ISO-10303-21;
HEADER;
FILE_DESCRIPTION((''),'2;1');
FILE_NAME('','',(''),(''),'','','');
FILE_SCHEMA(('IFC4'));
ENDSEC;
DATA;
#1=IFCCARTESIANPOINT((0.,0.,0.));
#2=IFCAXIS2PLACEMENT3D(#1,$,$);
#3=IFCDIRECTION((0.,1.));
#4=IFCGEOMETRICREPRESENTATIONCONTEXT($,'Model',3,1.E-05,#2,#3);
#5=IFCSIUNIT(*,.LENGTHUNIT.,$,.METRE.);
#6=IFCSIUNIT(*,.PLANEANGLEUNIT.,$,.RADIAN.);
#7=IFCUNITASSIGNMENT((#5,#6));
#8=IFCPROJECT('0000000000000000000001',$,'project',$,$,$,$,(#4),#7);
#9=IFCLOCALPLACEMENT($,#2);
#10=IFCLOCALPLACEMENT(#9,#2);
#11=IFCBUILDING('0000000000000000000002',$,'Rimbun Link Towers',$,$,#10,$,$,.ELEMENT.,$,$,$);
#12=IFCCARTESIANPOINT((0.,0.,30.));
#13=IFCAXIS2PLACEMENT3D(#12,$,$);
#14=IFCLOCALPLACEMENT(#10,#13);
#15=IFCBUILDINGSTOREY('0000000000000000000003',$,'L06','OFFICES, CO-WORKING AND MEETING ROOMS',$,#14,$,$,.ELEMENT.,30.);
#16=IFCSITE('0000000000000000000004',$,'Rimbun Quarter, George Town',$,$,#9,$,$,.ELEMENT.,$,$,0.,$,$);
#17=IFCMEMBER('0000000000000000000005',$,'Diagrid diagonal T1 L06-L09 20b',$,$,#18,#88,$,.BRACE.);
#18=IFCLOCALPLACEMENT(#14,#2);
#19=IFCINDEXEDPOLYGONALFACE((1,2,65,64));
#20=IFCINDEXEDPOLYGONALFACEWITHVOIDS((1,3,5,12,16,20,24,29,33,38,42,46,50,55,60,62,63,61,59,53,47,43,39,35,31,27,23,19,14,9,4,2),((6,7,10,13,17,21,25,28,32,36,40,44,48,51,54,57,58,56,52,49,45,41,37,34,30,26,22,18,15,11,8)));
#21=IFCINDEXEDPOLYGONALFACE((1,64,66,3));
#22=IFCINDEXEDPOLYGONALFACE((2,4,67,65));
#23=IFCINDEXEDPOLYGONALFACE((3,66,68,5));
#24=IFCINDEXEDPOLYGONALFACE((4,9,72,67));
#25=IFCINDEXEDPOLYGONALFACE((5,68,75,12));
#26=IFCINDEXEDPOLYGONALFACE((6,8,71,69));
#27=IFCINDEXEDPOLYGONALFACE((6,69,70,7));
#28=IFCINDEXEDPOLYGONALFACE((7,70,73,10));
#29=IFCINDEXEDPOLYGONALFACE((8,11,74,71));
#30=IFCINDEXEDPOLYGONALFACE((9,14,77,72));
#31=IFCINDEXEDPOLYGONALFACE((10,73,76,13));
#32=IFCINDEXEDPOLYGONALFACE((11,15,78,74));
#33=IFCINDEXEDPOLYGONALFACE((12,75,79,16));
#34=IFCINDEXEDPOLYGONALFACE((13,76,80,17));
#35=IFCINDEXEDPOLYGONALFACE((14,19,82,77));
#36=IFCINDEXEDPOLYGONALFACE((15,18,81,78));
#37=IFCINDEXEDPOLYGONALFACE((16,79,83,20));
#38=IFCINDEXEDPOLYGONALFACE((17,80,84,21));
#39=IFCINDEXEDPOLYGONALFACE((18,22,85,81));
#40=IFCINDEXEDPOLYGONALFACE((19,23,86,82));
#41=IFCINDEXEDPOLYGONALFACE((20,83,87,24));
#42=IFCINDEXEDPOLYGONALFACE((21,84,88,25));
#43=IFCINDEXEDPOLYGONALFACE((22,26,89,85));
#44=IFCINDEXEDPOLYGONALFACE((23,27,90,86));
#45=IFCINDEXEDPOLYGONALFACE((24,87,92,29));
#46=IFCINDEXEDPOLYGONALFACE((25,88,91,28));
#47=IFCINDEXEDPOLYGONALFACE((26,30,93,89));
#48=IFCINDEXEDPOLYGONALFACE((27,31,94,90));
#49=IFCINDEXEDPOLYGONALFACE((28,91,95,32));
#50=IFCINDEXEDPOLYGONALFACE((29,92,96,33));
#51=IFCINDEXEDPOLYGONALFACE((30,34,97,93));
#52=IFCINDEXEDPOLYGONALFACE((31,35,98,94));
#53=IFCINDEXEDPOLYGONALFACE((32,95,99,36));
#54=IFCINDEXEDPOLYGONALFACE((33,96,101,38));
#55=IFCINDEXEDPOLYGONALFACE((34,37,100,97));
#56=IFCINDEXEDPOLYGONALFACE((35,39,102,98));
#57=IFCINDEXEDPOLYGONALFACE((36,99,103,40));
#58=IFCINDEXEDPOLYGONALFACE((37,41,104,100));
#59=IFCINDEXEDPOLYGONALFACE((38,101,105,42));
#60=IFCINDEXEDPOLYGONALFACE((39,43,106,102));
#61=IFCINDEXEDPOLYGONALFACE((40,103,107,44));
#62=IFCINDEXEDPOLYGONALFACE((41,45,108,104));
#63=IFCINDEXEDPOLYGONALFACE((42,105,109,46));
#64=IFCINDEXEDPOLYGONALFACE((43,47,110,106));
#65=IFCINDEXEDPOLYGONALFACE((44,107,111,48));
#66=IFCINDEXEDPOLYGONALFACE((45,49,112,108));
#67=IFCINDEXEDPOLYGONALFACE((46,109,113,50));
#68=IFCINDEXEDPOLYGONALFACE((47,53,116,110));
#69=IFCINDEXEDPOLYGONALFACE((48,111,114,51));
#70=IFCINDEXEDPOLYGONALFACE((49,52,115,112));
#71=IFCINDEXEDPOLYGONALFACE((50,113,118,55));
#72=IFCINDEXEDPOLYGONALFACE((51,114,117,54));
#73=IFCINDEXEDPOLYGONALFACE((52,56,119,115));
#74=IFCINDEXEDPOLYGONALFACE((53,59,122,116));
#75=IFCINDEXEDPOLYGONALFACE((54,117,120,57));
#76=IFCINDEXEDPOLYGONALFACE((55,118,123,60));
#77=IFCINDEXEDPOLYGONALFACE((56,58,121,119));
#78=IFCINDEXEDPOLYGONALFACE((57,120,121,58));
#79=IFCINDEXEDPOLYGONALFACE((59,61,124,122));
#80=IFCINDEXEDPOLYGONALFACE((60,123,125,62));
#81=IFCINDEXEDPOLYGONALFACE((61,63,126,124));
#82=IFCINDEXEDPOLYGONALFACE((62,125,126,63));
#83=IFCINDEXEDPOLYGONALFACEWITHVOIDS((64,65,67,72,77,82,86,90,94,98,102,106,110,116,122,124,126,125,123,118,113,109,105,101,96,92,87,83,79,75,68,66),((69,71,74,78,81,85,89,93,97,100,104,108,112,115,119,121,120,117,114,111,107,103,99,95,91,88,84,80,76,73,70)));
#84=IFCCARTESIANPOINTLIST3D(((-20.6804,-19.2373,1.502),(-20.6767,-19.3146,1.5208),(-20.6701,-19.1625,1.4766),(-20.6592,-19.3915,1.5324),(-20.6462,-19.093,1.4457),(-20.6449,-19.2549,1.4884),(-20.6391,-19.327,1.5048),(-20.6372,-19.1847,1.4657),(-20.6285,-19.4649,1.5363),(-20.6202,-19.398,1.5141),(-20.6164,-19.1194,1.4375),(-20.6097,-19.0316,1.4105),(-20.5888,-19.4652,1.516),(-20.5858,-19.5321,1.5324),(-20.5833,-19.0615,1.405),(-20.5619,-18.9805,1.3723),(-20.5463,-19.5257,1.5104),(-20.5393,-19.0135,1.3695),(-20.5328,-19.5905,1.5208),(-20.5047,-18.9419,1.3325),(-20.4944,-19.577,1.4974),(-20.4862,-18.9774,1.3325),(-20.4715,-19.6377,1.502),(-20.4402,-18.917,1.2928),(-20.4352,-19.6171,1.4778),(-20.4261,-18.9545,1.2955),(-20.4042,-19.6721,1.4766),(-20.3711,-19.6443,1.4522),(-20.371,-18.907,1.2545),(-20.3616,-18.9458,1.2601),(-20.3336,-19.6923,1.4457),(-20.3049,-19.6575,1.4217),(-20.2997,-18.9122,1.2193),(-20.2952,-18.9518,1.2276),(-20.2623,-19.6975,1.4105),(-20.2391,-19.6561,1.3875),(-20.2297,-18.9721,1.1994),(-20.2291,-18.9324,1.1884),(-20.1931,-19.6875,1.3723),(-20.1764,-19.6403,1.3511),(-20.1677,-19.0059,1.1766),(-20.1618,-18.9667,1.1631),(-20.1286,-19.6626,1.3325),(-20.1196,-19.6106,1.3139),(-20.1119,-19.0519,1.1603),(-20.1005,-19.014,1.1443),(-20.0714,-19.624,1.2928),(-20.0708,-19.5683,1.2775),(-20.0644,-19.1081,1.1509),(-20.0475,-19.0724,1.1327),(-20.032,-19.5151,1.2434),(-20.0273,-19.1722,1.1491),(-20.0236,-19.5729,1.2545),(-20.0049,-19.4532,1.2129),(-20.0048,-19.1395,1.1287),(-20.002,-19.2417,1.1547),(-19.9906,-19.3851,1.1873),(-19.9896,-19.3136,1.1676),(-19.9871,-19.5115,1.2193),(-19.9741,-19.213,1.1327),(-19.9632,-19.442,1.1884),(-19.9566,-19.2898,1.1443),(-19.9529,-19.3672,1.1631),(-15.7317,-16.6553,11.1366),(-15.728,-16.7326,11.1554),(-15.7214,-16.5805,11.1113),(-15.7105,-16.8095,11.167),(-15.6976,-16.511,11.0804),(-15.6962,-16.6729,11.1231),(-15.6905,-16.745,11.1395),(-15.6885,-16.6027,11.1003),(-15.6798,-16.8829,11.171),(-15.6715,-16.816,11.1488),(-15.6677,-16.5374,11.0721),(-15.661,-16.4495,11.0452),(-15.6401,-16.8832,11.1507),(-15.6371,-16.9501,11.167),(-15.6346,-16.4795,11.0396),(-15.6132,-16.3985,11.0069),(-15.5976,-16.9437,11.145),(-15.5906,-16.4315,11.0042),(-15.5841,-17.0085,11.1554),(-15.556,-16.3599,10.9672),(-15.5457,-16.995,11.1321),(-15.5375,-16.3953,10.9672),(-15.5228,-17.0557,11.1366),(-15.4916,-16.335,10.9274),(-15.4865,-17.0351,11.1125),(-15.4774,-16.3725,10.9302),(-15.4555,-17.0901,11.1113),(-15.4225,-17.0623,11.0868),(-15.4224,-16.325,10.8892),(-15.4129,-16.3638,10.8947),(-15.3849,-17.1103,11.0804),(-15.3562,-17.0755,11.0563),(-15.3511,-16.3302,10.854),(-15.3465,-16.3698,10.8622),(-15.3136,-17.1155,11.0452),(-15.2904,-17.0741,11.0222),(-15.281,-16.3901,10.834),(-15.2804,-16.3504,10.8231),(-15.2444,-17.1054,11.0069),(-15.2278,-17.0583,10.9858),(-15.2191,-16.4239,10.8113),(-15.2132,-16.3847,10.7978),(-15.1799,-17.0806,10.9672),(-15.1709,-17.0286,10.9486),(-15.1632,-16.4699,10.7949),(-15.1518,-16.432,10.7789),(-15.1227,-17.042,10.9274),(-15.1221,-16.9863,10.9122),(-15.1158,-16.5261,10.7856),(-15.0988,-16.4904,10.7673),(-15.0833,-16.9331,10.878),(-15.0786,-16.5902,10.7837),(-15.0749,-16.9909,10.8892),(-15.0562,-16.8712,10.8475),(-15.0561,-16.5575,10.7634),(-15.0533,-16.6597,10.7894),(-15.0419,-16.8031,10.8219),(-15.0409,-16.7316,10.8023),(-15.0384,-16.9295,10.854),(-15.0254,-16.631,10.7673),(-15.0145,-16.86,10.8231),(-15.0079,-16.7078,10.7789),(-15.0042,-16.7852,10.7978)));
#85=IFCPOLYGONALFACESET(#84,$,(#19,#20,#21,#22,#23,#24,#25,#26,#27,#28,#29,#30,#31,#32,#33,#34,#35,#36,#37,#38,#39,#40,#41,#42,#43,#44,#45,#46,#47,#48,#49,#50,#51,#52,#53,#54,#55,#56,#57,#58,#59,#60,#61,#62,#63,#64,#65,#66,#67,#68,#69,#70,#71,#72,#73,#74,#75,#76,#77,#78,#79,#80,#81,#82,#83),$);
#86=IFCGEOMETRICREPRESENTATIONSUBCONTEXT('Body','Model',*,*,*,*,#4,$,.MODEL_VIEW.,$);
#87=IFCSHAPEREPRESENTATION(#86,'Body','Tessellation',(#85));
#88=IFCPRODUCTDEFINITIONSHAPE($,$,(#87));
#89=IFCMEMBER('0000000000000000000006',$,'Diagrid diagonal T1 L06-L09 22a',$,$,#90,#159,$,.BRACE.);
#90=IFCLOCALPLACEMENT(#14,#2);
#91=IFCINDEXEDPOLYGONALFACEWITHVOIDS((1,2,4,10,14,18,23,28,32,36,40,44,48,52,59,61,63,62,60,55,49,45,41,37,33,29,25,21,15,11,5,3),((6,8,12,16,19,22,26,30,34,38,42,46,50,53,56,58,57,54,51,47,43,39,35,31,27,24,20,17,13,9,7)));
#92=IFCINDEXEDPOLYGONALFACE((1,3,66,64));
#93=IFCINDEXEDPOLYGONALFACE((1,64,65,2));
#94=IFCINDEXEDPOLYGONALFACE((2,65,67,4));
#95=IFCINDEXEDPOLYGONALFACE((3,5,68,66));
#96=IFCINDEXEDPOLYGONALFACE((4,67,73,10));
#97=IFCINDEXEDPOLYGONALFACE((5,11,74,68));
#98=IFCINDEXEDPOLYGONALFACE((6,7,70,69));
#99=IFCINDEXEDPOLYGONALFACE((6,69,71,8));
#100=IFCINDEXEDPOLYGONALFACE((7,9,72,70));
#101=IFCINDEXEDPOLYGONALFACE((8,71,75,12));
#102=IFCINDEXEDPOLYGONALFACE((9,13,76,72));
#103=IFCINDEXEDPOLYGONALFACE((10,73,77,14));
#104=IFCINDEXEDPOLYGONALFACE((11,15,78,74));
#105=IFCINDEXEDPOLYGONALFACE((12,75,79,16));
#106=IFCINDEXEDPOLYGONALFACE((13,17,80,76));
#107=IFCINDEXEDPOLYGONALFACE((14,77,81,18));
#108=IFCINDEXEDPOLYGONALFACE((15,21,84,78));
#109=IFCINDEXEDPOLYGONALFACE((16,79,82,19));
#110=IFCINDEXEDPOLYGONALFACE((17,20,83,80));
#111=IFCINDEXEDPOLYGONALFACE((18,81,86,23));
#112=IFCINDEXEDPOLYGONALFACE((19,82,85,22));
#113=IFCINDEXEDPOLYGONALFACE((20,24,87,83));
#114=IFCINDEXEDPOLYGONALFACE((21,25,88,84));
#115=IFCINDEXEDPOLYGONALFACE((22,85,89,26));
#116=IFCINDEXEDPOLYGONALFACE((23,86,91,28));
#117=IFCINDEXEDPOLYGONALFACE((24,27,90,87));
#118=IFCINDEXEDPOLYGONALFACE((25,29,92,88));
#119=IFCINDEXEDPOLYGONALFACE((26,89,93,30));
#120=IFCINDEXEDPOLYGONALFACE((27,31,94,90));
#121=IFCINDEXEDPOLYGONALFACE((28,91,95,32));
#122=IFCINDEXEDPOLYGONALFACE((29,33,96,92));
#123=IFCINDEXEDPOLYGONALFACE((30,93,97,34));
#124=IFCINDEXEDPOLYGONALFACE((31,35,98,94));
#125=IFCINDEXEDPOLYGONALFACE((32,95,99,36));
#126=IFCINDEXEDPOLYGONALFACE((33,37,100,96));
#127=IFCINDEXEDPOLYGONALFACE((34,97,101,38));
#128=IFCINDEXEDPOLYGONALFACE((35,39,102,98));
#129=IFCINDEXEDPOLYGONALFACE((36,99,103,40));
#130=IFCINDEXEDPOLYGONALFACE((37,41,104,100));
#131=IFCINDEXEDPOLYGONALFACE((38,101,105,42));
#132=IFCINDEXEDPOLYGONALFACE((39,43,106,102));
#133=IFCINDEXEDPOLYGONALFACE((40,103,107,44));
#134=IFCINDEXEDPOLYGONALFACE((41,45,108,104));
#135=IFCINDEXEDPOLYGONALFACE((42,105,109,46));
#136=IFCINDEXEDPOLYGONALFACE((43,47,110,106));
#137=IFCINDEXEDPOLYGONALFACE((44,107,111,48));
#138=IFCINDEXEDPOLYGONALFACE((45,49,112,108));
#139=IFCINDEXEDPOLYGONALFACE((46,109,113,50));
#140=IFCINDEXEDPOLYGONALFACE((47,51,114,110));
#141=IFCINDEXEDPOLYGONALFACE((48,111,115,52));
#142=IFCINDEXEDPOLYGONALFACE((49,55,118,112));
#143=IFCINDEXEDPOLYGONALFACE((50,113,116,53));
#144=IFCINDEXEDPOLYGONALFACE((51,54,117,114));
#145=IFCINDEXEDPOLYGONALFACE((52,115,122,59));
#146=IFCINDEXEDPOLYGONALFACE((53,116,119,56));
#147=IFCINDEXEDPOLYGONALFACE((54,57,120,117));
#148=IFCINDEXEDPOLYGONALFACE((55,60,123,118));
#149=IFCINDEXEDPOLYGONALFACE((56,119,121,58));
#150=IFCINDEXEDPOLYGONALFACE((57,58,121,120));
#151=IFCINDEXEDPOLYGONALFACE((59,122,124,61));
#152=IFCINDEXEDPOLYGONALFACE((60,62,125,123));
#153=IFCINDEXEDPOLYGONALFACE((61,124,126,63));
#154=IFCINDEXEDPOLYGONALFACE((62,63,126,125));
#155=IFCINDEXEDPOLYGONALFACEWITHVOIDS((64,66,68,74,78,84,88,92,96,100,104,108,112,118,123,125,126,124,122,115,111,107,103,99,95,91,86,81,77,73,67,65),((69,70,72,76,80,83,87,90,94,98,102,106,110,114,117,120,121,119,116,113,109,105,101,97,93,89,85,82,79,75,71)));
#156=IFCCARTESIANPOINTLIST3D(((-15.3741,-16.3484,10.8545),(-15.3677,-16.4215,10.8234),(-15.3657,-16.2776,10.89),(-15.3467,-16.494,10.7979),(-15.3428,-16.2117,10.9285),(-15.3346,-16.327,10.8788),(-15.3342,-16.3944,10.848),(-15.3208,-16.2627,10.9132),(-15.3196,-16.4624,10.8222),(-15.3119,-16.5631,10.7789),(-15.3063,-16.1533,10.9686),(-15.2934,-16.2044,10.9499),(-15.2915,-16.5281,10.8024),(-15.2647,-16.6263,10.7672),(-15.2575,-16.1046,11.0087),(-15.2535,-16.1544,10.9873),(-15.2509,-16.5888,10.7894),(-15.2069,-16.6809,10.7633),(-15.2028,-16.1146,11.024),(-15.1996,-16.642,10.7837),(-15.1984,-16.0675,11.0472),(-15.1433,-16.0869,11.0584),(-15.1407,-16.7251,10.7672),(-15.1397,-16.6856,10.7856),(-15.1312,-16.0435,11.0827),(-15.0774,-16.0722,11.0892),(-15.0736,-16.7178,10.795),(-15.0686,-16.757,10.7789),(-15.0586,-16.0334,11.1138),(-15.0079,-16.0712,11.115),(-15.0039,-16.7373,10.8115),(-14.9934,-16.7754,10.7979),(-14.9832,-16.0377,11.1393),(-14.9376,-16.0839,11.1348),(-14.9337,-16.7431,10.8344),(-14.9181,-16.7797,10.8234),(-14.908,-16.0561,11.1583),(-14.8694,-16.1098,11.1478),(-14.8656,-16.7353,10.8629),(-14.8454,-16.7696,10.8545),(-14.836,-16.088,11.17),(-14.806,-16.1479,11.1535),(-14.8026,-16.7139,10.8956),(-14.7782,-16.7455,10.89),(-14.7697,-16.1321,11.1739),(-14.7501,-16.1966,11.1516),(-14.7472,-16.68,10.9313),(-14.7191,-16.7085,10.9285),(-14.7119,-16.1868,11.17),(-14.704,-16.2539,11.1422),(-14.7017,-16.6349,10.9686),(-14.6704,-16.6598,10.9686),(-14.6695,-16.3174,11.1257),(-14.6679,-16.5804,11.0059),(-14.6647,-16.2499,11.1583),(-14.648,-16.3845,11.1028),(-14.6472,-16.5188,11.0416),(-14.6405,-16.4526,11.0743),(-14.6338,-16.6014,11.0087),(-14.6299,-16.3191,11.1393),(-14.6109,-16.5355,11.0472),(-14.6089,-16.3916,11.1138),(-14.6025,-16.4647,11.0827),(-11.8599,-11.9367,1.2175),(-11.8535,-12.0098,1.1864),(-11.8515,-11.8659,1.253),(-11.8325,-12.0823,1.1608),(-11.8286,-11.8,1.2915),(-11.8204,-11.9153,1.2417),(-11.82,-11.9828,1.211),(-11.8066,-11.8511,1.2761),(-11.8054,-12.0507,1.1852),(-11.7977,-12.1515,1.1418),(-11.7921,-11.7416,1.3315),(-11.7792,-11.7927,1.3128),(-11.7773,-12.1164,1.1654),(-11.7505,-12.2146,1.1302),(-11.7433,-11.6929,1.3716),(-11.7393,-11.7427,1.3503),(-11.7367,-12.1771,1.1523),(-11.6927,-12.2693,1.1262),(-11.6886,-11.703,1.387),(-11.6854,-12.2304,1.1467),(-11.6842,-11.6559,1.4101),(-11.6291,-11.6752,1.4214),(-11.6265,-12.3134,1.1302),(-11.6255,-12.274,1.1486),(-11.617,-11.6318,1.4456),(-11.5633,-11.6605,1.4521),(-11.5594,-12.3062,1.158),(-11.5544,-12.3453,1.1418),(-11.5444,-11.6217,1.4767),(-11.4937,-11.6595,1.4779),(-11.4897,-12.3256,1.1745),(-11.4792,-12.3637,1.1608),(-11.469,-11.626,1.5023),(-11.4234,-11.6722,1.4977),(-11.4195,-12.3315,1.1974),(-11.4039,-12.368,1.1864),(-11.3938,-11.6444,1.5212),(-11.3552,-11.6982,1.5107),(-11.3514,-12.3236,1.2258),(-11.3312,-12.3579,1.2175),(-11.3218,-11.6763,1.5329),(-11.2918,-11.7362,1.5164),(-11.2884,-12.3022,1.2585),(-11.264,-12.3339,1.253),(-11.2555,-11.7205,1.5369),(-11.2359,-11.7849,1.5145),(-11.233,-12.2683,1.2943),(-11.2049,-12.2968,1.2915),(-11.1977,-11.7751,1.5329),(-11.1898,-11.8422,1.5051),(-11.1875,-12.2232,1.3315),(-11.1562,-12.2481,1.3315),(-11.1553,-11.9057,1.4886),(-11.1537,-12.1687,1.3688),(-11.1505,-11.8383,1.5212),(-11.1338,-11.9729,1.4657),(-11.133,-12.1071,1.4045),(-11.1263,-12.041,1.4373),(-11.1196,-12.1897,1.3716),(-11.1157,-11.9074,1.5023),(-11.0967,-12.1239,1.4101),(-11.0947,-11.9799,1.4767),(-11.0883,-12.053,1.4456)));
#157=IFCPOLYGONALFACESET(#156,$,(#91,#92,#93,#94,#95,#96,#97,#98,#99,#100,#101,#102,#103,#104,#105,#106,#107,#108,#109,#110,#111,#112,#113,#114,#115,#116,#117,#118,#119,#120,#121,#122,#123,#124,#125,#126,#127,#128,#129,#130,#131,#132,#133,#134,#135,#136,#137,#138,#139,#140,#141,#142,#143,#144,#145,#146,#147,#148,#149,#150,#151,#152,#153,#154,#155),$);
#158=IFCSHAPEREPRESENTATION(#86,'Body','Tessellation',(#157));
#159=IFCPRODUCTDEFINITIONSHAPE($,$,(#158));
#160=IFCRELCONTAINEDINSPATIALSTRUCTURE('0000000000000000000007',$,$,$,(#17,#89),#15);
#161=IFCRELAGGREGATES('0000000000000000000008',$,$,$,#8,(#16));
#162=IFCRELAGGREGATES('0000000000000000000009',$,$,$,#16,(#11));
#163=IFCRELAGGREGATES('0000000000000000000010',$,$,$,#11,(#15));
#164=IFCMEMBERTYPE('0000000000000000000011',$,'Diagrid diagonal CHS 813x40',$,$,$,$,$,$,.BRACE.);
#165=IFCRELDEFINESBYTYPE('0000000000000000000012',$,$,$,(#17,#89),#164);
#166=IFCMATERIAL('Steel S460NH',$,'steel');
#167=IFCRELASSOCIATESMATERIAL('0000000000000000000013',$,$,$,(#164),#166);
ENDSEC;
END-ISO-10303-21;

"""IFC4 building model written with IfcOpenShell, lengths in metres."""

from ifc_helpers import new_model, si_unit, direction, frame, origin, origin_2d, place, context, subcontext, project, spatial, hollow_circle, extrude, material, material_profile, profile_set, type_object, element, save


model = new_model("IFC4")

# Units and contexts
model_context = context("Model", 3, precision=1e-05, world=origin(), true_north=direction((0.0, 1.0)))
body_context = subcontext(model_context, "Body", "Model", "MODEL_VIEW")
ifc_project = project(units=[si_unit("LENGTHUNIT", "METRE"), si_unit("PLANEANGLEUNIT", "RADIAN")], contexts=[model_context])

# Site, building, storey
site_placement = place(None, origin())
site = spatial("IfcSite", under=ifc_project, at=site_placement, Name="Rimbun Quarter, George Town", CompositionType="ELEMENT", RefElevation=0.0)
building_placement = place(site_placement, origin())
building = spatial("IfcBuilding", under=site, at=building_placement, Name="Rimbun Link Towers", CompositionType="ELEMENT")
storey_placement = place(building_placement, frame((0.0, 0.0, 30.0)))
storey = spatial("IfcBuildingStorey", under=building, at=storey_placement, Name="L06", Description="OFFICES, CO-WORKING AND MEETING ROOMS", CompositionType="ELEMENT", Elevation=30.0)

# Members
ifc_material_1 = material(Name="Steel S460NH", Category="steel")
ifc_material_profile_1 = material_profile(ifc_material_1, hollow_circle(Radius=0.4065, WallThickness=0.04, at=origin_2d()), Name="Diagrid diagonal CHS 813x40")
ifc_profile_set_1 = profile_set([ifc_material_profile_1], Name="Steel S460NH")
member_type_1 = type_object("IfcMemberType", Name="Diagrid diagonal CHS 813x40", PredefinedType="BRACE", material=ifc_profile_set_1)
member_1_placement = place(storey_placement, frame((-20.3167, -19.3022, 1.3325), z_axis=(0.444435, 0.231887, 0.865278), x_axis=(-0.462578, 0.886579, 0.0)))
element("IfcMember", 1, at=member_1_placement, inside=storey, type_object=member_type_1, Name="Diagrid diagonal T1 L06-L09 20b", PredefinedType="BRACE", context=body_context, shape_type="SweptSolid", body=[
    extrude(hollow_circle(Radius=0.4065, WallThickness=0.04, at=origin_2d()), origin(), (0.0, 0.0, 1.0), 11.1348),
])
member_2_placement = place(storey_placement, frame((-11.4741, -11.9949, 1.3315), z_axis=(-0.314716, -0.395089, 0.863052), x_axis=(0.782176, -0.623057, 0.0)))
element("IfcMember", 2, at=member_2_placement, inside=storey, type_object=member_type_1, Name="Diagrid diagonal T1 L06-L09 22a", PredefinedType="BRACE", context=body_context, shape_type="SweptSolid", body=[
    extrude(hollow_circle(Radius=0.4065, WallThickness=0.04, at=origin_2d()), origin(), (0.0, 0.0, 1.0), 11.1663),
])

save(model, "model.ifc")
